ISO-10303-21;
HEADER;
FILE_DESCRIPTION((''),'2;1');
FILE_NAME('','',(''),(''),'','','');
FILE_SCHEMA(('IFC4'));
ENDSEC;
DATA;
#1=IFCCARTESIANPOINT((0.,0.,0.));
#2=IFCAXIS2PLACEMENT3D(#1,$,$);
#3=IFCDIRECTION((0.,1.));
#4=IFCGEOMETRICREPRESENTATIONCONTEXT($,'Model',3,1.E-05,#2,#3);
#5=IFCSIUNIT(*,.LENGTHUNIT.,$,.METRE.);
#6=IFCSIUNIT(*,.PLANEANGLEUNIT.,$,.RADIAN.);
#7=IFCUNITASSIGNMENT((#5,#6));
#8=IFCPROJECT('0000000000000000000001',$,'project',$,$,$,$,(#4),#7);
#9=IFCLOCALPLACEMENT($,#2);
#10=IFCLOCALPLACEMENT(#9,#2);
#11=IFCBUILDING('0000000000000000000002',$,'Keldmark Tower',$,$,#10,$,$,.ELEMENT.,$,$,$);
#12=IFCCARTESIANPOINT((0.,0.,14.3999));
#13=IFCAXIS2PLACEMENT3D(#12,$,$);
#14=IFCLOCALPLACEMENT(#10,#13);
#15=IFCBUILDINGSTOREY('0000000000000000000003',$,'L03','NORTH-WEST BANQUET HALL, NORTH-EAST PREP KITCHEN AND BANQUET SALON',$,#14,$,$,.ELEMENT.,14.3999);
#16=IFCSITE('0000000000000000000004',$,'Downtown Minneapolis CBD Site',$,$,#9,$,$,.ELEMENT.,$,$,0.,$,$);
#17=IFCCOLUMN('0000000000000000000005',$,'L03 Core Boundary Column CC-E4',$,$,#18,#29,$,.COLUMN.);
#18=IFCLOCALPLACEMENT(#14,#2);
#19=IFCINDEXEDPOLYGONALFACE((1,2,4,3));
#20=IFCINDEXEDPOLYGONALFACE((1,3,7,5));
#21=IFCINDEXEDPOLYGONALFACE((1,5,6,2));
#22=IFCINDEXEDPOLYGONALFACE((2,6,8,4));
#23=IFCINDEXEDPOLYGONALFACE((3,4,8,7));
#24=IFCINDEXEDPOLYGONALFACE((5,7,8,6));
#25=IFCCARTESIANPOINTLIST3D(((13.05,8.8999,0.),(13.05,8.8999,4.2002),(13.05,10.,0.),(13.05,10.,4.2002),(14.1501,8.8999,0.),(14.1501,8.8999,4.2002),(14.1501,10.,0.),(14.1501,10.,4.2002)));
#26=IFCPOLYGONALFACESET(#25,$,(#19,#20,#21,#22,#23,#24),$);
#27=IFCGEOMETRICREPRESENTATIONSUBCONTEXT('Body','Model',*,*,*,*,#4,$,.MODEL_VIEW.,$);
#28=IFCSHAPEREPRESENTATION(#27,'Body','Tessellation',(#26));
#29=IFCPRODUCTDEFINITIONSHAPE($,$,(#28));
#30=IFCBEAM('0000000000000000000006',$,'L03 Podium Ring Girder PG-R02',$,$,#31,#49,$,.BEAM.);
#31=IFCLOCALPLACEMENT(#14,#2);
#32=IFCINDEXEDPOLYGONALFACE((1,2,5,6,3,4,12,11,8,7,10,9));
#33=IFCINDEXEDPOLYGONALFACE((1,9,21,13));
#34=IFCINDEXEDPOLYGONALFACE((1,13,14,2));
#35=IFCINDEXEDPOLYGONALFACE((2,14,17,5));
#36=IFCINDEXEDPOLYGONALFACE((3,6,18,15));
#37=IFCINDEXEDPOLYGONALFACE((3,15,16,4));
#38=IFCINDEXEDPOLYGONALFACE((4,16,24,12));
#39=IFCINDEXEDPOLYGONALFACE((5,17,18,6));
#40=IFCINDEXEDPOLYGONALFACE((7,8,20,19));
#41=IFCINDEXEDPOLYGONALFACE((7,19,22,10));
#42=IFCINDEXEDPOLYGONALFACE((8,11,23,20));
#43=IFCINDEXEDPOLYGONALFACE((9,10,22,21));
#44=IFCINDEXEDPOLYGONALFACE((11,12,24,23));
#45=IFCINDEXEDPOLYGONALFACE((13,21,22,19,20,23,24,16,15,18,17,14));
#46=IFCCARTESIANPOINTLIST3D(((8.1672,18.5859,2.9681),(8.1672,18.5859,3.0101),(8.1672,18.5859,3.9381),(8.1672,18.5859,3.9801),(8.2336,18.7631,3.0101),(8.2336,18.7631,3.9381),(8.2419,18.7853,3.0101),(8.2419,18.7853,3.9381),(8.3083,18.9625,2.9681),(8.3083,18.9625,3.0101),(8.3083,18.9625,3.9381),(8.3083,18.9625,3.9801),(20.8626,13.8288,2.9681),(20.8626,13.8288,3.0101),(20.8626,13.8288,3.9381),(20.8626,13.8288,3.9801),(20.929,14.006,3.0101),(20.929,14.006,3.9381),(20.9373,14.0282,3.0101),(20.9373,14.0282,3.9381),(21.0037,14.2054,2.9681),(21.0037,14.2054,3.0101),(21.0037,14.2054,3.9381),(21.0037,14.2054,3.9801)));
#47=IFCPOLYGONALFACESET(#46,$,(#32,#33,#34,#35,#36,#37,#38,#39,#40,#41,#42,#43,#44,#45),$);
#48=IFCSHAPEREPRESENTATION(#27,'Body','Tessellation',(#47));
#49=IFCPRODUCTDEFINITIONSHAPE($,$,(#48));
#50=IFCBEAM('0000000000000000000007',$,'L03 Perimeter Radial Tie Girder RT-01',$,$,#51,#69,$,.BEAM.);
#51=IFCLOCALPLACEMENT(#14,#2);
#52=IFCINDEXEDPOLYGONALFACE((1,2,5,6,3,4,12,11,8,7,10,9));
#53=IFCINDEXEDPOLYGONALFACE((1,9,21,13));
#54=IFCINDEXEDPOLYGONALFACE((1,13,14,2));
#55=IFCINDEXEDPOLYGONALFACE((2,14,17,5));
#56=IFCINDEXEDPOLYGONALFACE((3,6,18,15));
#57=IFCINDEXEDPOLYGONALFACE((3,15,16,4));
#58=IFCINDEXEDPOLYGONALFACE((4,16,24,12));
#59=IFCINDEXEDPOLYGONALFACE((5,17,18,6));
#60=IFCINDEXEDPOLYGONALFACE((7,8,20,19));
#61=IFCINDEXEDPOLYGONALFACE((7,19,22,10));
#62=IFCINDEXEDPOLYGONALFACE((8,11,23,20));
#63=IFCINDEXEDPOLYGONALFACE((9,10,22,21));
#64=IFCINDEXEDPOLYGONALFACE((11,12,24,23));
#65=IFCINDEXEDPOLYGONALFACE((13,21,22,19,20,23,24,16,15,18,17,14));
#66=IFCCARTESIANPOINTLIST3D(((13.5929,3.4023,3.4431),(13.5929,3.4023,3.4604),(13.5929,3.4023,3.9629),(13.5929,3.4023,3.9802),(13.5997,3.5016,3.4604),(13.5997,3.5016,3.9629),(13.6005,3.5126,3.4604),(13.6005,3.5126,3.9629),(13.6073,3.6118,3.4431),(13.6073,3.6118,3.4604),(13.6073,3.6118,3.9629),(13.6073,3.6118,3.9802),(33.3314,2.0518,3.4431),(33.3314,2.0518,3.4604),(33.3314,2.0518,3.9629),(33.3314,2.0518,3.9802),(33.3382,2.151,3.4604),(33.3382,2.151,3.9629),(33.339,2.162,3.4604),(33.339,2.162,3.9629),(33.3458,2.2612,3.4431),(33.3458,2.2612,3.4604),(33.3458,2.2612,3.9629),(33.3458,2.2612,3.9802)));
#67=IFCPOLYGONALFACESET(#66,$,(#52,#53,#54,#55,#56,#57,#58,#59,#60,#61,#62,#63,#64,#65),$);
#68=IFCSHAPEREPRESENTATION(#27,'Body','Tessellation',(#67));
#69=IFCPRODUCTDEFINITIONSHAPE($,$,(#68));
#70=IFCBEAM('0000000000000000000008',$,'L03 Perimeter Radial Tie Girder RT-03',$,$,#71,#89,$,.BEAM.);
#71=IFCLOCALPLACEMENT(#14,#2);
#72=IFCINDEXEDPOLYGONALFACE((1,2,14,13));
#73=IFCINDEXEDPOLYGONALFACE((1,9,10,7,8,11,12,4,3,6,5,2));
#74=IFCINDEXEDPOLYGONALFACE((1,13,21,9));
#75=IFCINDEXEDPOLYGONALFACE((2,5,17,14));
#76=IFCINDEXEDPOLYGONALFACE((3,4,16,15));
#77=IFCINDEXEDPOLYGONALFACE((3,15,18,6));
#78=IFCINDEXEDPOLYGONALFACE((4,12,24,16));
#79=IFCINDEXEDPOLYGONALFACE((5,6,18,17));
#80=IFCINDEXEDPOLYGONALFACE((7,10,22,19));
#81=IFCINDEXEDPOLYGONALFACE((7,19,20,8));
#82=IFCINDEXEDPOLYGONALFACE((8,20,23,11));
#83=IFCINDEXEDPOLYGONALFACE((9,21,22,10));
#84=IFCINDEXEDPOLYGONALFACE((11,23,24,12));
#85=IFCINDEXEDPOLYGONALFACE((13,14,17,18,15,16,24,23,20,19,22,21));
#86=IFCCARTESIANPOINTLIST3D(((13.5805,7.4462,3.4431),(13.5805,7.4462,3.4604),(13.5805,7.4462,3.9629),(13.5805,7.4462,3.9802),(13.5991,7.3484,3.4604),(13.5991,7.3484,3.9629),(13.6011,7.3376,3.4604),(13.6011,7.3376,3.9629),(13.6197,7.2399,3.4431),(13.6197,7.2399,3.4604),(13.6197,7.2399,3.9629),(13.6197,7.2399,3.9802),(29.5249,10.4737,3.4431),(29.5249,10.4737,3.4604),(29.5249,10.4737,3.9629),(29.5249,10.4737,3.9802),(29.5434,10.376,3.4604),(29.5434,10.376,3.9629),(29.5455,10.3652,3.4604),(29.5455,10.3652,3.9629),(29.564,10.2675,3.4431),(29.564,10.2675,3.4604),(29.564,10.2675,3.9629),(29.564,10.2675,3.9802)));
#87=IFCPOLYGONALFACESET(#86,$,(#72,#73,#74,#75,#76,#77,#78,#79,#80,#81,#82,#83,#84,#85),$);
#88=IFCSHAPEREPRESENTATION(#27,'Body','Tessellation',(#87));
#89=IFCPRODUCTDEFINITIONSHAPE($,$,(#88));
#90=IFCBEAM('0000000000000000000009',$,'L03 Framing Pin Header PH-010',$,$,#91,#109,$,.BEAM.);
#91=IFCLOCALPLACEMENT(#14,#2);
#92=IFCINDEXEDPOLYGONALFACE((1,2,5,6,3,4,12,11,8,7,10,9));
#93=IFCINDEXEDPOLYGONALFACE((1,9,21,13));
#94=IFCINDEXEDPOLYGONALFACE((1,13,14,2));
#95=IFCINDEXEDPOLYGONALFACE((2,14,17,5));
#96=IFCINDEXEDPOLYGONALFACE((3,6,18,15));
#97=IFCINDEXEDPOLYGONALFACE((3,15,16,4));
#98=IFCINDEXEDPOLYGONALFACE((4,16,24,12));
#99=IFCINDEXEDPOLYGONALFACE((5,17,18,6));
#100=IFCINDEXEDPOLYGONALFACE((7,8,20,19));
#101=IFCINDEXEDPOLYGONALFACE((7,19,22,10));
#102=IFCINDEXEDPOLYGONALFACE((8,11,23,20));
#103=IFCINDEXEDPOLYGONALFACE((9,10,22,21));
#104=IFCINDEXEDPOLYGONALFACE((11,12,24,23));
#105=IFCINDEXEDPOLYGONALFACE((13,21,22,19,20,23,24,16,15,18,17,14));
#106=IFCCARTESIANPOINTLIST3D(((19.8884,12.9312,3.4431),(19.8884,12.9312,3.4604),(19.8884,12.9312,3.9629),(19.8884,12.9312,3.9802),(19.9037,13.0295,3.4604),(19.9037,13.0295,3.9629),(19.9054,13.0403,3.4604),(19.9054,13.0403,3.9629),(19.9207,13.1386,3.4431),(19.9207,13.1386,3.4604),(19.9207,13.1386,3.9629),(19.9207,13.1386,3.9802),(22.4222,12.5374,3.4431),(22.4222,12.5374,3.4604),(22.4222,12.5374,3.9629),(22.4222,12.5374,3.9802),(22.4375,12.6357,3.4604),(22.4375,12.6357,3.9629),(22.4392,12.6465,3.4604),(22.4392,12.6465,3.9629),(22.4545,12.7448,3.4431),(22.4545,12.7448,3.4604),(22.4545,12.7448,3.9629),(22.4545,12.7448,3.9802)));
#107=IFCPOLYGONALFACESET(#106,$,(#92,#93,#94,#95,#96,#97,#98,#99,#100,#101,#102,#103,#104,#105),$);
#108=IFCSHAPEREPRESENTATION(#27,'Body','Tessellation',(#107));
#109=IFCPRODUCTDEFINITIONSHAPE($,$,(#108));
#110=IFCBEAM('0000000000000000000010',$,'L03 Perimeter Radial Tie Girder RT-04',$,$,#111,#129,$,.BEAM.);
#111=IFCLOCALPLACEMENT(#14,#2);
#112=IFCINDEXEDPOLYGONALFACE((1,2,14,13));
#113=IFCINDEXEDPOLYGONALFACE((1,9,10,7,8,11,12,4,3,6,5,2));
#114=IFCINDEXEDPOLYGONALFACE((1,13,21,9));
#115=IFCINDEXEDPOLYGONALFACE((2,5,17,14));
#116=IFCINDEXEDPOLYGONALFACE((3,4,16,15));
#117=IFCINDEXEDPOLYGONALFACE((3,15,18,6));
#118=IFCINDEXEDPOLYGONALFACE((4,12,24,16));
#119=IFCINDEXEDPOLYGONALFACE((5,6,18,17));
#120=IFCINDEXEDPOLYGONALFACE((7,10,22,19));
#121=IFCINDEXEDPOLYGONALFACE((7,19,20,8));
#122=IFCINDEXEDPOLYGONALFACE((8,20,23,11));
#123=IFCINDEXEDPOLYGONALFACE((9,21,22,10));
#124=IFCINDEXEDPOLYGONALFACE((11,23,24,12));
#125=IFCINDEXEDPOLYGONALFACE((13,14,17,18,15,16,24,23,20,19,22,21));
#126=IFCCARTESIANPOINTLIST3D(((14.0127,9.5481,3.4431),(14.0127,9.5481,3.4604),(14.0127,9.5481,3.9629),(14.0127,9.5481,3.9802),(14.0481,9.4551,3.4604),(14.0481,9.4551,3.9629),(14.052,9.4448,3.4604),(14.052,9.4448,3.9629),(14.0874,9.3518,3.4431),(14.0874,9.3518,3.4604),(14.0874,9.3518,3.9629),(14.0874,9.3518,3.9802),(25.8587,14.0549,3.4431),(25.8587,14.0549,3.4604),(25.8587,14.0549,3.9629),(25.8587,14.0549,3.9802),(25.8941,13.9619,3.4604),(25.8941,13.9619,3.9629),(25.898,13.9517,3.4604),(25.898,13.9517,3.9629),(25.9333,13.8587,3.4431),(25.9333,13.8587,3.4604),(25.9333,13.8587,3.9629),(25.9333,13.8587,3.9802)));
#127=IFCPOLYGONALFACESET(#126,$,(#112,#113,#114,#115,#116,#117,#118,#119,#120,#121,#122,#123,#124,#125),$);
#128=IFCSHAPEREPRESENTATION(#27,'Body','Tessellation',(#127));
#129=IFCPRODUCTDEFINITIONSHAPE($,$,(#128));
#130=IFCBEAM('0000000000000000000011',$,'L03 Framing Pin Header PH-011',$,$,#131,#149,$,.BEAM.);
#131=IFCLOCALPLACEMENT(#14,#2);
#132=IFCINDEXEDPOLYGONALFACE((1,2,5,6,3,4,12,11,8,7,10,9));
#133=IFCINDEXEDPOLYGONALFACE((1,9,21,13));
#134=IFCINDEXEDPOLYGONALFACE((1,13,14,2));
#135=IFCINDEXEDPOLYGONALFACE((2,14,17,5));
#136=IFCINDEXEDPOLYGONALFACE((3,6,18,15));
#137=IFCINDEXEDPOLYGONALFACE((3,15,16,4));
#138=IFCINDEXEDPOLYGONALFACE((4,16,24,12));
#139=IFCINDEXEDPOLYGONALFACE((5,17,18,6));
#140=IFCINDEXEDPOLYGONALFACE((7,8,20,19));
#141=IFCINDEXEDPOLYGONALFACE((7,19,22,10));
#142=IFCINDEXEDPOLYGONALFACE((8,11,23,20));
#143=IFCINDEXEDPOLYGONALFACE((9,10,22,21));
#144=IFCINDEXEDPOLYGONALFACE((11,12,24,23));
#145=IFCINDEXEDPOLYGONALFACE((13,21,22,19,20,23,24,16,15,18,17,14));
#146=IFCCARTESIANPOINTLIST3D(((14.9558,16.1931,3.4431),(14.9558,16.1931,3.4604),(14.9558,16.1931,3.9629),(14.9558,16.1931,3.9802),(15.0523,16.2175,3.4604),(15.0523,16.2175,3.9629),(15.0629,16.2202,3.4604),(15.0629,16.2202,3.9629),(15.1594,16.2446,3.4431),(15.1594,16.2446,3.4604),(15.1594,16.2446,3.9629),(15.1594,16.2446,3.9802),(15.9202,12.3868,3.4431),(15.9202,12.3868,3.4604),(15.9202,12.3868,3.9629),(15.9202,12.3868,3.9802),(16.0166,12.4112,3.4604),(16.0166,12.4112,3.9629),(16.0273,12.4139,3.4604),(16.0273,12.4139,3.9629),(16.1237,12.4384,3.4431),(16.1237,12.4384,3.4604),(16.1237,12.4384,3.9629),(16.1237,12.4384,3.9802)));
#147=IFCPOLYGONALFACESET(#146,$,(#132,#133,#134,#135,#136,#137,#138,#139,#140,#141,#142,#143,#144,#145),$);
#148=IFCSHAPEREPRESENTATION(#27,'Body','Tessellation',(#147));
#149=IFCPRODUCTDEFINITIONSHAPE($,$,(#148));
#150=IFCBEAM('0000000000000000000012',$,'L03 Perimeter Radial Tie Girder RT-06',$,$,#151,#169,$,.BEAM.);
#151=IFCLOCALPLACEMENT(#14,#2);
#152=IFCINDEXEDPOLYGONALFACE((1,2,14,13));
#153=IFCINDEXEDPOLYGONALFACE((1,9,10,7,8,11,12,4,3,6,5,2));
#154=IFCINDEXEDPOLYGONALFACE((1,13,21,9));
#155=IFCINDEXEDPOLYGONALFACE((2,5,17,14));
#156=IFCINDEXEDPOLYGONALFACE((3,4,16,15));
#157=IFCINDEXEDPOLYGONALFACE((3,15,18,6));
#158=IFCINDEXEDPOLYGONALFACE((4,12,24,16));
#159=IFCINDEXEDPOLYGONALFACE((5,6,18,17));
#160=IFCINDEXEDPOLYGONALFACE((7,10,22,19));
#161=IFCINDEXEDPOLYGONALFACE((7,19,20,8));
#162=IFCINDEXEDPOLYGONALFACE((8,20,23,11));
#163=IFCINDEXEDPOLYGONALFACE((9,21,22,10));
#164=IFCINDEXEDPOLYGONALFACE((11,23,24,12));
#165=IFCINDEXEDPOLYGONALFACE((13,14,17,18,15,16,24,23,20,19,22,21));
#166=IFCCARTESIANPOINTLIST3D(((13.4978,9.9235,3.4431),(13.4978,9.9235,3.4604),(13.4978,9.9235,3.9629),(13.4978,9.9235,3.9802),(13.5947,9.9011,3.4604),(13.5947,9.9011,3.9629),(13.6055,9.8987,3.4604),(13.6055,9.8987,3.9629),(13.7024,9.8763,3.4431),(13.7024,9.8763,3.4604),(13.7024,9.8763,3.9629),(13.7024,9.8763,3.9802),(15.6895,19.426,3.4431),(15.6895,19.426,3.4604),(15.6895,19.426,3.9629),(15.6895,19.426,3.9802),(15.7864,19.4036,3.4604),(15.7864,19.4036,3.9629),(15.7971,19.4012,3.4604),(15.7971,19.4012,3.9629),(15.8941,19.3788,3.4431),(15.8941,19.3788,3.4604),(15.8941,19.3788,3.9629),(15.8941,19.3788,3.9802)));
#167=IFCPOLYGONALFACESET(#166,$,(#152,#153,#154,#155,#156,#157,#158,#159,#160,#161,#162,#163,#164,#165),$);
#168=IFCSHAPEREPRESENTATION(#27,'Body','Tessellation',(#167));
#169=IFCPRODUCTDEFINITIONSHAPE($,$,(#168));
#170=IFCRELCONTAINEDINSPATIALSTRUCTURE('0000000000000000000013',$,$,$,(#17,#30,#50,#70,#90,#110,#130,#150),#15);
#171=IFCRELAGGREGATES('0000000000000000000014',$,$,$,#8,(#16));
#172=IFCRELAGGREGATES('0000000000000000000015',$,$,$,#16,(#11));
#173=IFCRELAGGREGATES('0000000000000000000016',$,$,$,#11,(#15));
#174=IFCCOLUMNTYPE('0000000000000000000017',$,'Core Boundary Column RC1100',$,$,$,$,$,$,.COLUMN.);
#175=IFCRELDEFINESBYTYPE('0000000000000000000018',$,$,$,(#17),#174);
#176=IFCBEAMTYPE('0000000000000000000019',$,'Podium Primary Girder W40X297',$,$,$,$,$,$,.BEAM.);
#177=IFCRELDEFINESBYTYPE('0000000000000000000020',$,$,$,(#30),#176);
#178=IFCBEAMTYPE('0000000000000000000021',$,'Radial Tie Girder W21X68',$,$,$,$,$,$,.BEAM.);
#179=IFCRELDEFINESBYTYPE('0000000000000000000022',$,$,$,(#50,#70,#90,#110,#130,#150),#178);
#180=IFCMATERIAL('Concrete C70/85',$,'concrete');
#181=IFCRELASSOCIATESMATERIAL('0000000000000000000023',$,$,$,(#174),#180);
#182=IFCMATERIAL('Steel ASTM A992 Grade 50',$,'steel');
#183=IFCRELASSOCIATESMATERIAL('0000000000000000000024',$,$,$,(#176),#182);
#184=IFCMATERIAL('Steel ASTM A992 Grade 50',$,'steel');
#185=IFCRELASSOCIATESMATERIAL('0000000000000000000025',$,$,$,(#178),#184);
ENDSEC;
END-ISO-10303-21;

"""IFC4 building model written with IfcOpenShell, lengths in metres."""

from ifc_helpers import new_model, si_unit, direction, frame, origin, origin_2d, place, context, subcontext, project, spatial, rectangle, i_section, extrude, material, material_profile, profile_set, type_object, element, save


model = new_model("IFC4")

# Units and contexts
model_context = context("Model", 3, precision=1e-05, world=origin(), true_north=direction((0.0, 1.0)))
body_context = subcontext(model_context, "Body", "Model", "MODEL_VIEW")
ifc_project = project(units=[si_unit("LENGTHUNIT", "METRE"), si_unit("PLANEANGLEUNIT", "RADIAN")], contexts=[model_context])

# Site, building, storey
site_placement = place(None, origin())
site = spatial("IfcSite", under=ifc_project, at=site_placement, Name="Downtown Minneapolis CBD Site", CompositionType="ELEMENT", RefElevation=0.0)
building_placement = place(site_placement, origin())
building = spatial("IfcBuilding", under=site, at=building_placement, Name="Keldmark Tower", CompositionType="ELEMENT")
storey_placement = place(building_placement, frame((0.0, 0.0, 14.3999)))
storey = spatial("IfcBuildingStorey", under=building, at=storey_placement, Name="L03", Description="NORTH-WEST BANQUET HALL, NORTH-EAST PREP KITCHEN AND BANQUET SALON", CompositionType="ELEMENT", Elevation=14.3999)

# Column
ifc_material_1 = material(Name="Concrete C70/85", Category="concrete")
ifc_material_profile_1 = material_profile(ifc_material_1, rectangle(XDim=1.1001, YDim=1.1001, at=origin_2d()), Name="RC1100X1100")
ifc_profile_set_1 = profile_set([ifc_material_profile_1], Name="Concrete C70/85")
column_type = type_object("IfcColumnType", Name="Core Boundary Column RC1100", PredefinedType="COLUMN", material=ifc_profile_set_1)
column_placement = place(storey_placement, frame((13.6001, 9.45, 0.0), z_axis=(0.0, 0.0, 1.0), x_axis=(1.0, 0.0, 0.0)))
element("IfcColumn", 1, at=column_placement, inside=storey, type_object=column_type, Name="L03 Core Boundary Column CC-E4", PredefinedType="COLUMN", context=body_context, shape_type="SweptSolid", body=[
    extrude(rectangle(XDim=1.1001, YDim=1.1001, at=origin_2d()), origin(), (0.0, 0.0, 1.0), 4.2002),
])

# Beams
ifc_material_2 = material(Name="Steel ASTM A992 Grade 50", Category="steel")
ifc_material_profile_2 = material_profile(ifc_material_2, i_section(OverallWidth=0.4021, OverallDepth=1.012, WebThickness=0.0237, FlangeThickness=0.042, at=origin_2d()), Name="W40X297")
ifc_profile_set_2 = profile_set([ifc_material_profile_2], Name="Steel ASTM A992 Grade 50")
beam_type_1 = type_object("IfcBeamType", Name="Podium Primary Girder W40X297", PredefinedType="BEAM", material=ifc_profile_set_2)
beam_1_placement = place(storey_placement, frame((20.9331, 14.0171, 3.4741), z_axis=(-0.936418, 0.350887, 0.0), x_axis=(-0.350887, -0.936418, 0.0)))
element("IfcBeam", 2, at=beam_1_placement, inside=storey, type_object=beam_type_1, Name="L03 Podium Ring Girder PG-R02", PredefinedType="BEAM", context=body_context, shape_type="SweptSolid", body=[
    extrude(i_section(OverallWidth=0.4021, OverallDepth=1.012, WebThickness=0.0237, FlangeThickness=0.042, at=origin_2d()), origin(), (0.0, 0.0, 1.0), 13.5574),
])
ifc_material_3 = material(Name="Steel ASTM A992 Grade 50", Category="steel")
ifc_material_profile_3 = material_profile(ifc_material_3, i_section(OverallWidth=0.21, OverallDepth=0.5371, WebThickness=0.011, FlangeThickness=0.0173, at=origin_2d()), Name="W21X68")
ifc_profile_set_3 = profile_set([ifc_material_profile_3], Name="Steel ASTM A992 Grade 50")
beam_type_2 = type_object("IfcBeamType", Name="Radial Tie Girder W21X68", PredefinedType="BEAM", material=ifc_profile_set_3)
beam_2_placement = place(storey_placement, frame((13.6001, 3.5071, 3.7117), z_axis=(0.997667, -0.068264, 0.0), x_axis=(0.068264, 0.997667, 0.0)))
element("IfcBeam", 3, at=beam_2_placement, inside=storey, type_object=beam_type_2, Name="L03 Perimeter Radial Tie Girder RT-01", PredefinedType="BEAM", context=body_context, shape_type="SweptSolid", body=[
    extrude(i_section(OverallWidth=0.21, OverallDepth=0.5371, WebThickness=0.011, FlangeThickness=0.0173, at=origin_2d()), origin(), (0.0, 0.0, 1.0), 19.7847),
])
beam_3_placement = place(storey_placement, frame((13.6001, 7.343, 3.7117), z_axis=(0.982445, 0.186551, 0.0), x_axis=(-0.186551, 0.982445, 0.0)))
element("IfcBeam", 4, at=beam_3_placement, inside=storey, type_object=beam_type_2, Name="L03 Perimeter Radial Tie Girder RT-03", PredefinedType="BEAM", context=body_context, shape_type="SweptSolid", body=[
    extrude(i_section(OverallWidth=0.21, OverallDepth=0.5371, WebThickness=0.011, FlangeThickness=0.0173, at=origin_2d()), origin(), (0.0, 0.0, 1.0), 16.2292),
])
beam_4_placement = place(storey_placement, frame((19.9045, 13.0349, 3.7117), z_axis=(0.988136, -0.153581, 0.0), x_axis=(0.153581, 0.988136, 0.0)))
element("IfcBeam", 5, at=beam_4_placement, inside=storey, type_object=beam_type_2, Name="L03 Framing Pin Header PH-010", PredefinedType="BEAM", context=body_context, shape_type="SweptSolid", body=[
    extrude(i_section(OverallWidth=0.21, OverallDepth=0.5371, WebThickness=0.011, FlangeThickness=0.0173, at=origin_2d()), origin(), (0.0, 0.0, 1.0), 2.5642),
])
beam_5_placement = place(storey_placement, frame((14.05, 9.45, 3.7117), z_axis=(0.934643, 0.355588, 0.0), x_axis=(-0.355588, 0.934643, 0.0)))
element("IfcBeam", 6, at=beam_5_placement, inside=storey, type_object=beam_type_2, Name="L03 Perimeter Radial Tie Girder RT-04", PredefinedType="BEAM", context=body_context, shape_type="SweptSolid", body=[
    extrude(i_section(OverallWidth=0.21, OverallDepth=0.5371, WebThickness=0.011, FlangeThickness=0.0173, at=origin_2d()), origin(), (0.0, 0.0, 1.0), 12.6743),
])
beam_6_placement = place(storey_placement, frame((16.022, 12.4126, 3.7117), z_axis=(-0.245607, 0.96937, 0.0), x_axis=(-0.96937, -0.245607, 0.0)))
element("IfcBeam", 7, at=beam_6_placement, inside=storey, type_object=beam_type_2, Name="L03 Framing Pin Header PH-011", PredefinedType="BEAM", context=body_context, shape_type="SweptSolid", body=[
    extrude(i_section(OverallWidth=0.21, OverallDepth=0.5371, WebThickness=0.011, FlangeThickness=0.0173, at=origin_2d()), origin(), (0.0, 0.0, 1.0), 3.9265),
])
beam_7_placement = place(storey_placement, frame((13.6001, 9.8999, 3.7117), z_axis=(0.224741, 0.974419, 0.0), x_axis=(-0.974419, 0.224741, 0.0)))
element("IfcBeam", 8, at=beam_7_placement, inside=storey, type_object=beam_type_2, Name="L03 Perimeter Radial Tie Girder RT-06", PredefinedType="BEAM", context=body_context, shape_type="SweptSolid", body=[
    extrude(i_section(OverallWidth=0.21, OverallDepth=0.5371, WebThickness=0.011, FlangeThickness=0.0173, at=origin_2d()), origin(), (0.0, 0.0, 1.0), 9.752),
])

save(model, "model.ifc")
